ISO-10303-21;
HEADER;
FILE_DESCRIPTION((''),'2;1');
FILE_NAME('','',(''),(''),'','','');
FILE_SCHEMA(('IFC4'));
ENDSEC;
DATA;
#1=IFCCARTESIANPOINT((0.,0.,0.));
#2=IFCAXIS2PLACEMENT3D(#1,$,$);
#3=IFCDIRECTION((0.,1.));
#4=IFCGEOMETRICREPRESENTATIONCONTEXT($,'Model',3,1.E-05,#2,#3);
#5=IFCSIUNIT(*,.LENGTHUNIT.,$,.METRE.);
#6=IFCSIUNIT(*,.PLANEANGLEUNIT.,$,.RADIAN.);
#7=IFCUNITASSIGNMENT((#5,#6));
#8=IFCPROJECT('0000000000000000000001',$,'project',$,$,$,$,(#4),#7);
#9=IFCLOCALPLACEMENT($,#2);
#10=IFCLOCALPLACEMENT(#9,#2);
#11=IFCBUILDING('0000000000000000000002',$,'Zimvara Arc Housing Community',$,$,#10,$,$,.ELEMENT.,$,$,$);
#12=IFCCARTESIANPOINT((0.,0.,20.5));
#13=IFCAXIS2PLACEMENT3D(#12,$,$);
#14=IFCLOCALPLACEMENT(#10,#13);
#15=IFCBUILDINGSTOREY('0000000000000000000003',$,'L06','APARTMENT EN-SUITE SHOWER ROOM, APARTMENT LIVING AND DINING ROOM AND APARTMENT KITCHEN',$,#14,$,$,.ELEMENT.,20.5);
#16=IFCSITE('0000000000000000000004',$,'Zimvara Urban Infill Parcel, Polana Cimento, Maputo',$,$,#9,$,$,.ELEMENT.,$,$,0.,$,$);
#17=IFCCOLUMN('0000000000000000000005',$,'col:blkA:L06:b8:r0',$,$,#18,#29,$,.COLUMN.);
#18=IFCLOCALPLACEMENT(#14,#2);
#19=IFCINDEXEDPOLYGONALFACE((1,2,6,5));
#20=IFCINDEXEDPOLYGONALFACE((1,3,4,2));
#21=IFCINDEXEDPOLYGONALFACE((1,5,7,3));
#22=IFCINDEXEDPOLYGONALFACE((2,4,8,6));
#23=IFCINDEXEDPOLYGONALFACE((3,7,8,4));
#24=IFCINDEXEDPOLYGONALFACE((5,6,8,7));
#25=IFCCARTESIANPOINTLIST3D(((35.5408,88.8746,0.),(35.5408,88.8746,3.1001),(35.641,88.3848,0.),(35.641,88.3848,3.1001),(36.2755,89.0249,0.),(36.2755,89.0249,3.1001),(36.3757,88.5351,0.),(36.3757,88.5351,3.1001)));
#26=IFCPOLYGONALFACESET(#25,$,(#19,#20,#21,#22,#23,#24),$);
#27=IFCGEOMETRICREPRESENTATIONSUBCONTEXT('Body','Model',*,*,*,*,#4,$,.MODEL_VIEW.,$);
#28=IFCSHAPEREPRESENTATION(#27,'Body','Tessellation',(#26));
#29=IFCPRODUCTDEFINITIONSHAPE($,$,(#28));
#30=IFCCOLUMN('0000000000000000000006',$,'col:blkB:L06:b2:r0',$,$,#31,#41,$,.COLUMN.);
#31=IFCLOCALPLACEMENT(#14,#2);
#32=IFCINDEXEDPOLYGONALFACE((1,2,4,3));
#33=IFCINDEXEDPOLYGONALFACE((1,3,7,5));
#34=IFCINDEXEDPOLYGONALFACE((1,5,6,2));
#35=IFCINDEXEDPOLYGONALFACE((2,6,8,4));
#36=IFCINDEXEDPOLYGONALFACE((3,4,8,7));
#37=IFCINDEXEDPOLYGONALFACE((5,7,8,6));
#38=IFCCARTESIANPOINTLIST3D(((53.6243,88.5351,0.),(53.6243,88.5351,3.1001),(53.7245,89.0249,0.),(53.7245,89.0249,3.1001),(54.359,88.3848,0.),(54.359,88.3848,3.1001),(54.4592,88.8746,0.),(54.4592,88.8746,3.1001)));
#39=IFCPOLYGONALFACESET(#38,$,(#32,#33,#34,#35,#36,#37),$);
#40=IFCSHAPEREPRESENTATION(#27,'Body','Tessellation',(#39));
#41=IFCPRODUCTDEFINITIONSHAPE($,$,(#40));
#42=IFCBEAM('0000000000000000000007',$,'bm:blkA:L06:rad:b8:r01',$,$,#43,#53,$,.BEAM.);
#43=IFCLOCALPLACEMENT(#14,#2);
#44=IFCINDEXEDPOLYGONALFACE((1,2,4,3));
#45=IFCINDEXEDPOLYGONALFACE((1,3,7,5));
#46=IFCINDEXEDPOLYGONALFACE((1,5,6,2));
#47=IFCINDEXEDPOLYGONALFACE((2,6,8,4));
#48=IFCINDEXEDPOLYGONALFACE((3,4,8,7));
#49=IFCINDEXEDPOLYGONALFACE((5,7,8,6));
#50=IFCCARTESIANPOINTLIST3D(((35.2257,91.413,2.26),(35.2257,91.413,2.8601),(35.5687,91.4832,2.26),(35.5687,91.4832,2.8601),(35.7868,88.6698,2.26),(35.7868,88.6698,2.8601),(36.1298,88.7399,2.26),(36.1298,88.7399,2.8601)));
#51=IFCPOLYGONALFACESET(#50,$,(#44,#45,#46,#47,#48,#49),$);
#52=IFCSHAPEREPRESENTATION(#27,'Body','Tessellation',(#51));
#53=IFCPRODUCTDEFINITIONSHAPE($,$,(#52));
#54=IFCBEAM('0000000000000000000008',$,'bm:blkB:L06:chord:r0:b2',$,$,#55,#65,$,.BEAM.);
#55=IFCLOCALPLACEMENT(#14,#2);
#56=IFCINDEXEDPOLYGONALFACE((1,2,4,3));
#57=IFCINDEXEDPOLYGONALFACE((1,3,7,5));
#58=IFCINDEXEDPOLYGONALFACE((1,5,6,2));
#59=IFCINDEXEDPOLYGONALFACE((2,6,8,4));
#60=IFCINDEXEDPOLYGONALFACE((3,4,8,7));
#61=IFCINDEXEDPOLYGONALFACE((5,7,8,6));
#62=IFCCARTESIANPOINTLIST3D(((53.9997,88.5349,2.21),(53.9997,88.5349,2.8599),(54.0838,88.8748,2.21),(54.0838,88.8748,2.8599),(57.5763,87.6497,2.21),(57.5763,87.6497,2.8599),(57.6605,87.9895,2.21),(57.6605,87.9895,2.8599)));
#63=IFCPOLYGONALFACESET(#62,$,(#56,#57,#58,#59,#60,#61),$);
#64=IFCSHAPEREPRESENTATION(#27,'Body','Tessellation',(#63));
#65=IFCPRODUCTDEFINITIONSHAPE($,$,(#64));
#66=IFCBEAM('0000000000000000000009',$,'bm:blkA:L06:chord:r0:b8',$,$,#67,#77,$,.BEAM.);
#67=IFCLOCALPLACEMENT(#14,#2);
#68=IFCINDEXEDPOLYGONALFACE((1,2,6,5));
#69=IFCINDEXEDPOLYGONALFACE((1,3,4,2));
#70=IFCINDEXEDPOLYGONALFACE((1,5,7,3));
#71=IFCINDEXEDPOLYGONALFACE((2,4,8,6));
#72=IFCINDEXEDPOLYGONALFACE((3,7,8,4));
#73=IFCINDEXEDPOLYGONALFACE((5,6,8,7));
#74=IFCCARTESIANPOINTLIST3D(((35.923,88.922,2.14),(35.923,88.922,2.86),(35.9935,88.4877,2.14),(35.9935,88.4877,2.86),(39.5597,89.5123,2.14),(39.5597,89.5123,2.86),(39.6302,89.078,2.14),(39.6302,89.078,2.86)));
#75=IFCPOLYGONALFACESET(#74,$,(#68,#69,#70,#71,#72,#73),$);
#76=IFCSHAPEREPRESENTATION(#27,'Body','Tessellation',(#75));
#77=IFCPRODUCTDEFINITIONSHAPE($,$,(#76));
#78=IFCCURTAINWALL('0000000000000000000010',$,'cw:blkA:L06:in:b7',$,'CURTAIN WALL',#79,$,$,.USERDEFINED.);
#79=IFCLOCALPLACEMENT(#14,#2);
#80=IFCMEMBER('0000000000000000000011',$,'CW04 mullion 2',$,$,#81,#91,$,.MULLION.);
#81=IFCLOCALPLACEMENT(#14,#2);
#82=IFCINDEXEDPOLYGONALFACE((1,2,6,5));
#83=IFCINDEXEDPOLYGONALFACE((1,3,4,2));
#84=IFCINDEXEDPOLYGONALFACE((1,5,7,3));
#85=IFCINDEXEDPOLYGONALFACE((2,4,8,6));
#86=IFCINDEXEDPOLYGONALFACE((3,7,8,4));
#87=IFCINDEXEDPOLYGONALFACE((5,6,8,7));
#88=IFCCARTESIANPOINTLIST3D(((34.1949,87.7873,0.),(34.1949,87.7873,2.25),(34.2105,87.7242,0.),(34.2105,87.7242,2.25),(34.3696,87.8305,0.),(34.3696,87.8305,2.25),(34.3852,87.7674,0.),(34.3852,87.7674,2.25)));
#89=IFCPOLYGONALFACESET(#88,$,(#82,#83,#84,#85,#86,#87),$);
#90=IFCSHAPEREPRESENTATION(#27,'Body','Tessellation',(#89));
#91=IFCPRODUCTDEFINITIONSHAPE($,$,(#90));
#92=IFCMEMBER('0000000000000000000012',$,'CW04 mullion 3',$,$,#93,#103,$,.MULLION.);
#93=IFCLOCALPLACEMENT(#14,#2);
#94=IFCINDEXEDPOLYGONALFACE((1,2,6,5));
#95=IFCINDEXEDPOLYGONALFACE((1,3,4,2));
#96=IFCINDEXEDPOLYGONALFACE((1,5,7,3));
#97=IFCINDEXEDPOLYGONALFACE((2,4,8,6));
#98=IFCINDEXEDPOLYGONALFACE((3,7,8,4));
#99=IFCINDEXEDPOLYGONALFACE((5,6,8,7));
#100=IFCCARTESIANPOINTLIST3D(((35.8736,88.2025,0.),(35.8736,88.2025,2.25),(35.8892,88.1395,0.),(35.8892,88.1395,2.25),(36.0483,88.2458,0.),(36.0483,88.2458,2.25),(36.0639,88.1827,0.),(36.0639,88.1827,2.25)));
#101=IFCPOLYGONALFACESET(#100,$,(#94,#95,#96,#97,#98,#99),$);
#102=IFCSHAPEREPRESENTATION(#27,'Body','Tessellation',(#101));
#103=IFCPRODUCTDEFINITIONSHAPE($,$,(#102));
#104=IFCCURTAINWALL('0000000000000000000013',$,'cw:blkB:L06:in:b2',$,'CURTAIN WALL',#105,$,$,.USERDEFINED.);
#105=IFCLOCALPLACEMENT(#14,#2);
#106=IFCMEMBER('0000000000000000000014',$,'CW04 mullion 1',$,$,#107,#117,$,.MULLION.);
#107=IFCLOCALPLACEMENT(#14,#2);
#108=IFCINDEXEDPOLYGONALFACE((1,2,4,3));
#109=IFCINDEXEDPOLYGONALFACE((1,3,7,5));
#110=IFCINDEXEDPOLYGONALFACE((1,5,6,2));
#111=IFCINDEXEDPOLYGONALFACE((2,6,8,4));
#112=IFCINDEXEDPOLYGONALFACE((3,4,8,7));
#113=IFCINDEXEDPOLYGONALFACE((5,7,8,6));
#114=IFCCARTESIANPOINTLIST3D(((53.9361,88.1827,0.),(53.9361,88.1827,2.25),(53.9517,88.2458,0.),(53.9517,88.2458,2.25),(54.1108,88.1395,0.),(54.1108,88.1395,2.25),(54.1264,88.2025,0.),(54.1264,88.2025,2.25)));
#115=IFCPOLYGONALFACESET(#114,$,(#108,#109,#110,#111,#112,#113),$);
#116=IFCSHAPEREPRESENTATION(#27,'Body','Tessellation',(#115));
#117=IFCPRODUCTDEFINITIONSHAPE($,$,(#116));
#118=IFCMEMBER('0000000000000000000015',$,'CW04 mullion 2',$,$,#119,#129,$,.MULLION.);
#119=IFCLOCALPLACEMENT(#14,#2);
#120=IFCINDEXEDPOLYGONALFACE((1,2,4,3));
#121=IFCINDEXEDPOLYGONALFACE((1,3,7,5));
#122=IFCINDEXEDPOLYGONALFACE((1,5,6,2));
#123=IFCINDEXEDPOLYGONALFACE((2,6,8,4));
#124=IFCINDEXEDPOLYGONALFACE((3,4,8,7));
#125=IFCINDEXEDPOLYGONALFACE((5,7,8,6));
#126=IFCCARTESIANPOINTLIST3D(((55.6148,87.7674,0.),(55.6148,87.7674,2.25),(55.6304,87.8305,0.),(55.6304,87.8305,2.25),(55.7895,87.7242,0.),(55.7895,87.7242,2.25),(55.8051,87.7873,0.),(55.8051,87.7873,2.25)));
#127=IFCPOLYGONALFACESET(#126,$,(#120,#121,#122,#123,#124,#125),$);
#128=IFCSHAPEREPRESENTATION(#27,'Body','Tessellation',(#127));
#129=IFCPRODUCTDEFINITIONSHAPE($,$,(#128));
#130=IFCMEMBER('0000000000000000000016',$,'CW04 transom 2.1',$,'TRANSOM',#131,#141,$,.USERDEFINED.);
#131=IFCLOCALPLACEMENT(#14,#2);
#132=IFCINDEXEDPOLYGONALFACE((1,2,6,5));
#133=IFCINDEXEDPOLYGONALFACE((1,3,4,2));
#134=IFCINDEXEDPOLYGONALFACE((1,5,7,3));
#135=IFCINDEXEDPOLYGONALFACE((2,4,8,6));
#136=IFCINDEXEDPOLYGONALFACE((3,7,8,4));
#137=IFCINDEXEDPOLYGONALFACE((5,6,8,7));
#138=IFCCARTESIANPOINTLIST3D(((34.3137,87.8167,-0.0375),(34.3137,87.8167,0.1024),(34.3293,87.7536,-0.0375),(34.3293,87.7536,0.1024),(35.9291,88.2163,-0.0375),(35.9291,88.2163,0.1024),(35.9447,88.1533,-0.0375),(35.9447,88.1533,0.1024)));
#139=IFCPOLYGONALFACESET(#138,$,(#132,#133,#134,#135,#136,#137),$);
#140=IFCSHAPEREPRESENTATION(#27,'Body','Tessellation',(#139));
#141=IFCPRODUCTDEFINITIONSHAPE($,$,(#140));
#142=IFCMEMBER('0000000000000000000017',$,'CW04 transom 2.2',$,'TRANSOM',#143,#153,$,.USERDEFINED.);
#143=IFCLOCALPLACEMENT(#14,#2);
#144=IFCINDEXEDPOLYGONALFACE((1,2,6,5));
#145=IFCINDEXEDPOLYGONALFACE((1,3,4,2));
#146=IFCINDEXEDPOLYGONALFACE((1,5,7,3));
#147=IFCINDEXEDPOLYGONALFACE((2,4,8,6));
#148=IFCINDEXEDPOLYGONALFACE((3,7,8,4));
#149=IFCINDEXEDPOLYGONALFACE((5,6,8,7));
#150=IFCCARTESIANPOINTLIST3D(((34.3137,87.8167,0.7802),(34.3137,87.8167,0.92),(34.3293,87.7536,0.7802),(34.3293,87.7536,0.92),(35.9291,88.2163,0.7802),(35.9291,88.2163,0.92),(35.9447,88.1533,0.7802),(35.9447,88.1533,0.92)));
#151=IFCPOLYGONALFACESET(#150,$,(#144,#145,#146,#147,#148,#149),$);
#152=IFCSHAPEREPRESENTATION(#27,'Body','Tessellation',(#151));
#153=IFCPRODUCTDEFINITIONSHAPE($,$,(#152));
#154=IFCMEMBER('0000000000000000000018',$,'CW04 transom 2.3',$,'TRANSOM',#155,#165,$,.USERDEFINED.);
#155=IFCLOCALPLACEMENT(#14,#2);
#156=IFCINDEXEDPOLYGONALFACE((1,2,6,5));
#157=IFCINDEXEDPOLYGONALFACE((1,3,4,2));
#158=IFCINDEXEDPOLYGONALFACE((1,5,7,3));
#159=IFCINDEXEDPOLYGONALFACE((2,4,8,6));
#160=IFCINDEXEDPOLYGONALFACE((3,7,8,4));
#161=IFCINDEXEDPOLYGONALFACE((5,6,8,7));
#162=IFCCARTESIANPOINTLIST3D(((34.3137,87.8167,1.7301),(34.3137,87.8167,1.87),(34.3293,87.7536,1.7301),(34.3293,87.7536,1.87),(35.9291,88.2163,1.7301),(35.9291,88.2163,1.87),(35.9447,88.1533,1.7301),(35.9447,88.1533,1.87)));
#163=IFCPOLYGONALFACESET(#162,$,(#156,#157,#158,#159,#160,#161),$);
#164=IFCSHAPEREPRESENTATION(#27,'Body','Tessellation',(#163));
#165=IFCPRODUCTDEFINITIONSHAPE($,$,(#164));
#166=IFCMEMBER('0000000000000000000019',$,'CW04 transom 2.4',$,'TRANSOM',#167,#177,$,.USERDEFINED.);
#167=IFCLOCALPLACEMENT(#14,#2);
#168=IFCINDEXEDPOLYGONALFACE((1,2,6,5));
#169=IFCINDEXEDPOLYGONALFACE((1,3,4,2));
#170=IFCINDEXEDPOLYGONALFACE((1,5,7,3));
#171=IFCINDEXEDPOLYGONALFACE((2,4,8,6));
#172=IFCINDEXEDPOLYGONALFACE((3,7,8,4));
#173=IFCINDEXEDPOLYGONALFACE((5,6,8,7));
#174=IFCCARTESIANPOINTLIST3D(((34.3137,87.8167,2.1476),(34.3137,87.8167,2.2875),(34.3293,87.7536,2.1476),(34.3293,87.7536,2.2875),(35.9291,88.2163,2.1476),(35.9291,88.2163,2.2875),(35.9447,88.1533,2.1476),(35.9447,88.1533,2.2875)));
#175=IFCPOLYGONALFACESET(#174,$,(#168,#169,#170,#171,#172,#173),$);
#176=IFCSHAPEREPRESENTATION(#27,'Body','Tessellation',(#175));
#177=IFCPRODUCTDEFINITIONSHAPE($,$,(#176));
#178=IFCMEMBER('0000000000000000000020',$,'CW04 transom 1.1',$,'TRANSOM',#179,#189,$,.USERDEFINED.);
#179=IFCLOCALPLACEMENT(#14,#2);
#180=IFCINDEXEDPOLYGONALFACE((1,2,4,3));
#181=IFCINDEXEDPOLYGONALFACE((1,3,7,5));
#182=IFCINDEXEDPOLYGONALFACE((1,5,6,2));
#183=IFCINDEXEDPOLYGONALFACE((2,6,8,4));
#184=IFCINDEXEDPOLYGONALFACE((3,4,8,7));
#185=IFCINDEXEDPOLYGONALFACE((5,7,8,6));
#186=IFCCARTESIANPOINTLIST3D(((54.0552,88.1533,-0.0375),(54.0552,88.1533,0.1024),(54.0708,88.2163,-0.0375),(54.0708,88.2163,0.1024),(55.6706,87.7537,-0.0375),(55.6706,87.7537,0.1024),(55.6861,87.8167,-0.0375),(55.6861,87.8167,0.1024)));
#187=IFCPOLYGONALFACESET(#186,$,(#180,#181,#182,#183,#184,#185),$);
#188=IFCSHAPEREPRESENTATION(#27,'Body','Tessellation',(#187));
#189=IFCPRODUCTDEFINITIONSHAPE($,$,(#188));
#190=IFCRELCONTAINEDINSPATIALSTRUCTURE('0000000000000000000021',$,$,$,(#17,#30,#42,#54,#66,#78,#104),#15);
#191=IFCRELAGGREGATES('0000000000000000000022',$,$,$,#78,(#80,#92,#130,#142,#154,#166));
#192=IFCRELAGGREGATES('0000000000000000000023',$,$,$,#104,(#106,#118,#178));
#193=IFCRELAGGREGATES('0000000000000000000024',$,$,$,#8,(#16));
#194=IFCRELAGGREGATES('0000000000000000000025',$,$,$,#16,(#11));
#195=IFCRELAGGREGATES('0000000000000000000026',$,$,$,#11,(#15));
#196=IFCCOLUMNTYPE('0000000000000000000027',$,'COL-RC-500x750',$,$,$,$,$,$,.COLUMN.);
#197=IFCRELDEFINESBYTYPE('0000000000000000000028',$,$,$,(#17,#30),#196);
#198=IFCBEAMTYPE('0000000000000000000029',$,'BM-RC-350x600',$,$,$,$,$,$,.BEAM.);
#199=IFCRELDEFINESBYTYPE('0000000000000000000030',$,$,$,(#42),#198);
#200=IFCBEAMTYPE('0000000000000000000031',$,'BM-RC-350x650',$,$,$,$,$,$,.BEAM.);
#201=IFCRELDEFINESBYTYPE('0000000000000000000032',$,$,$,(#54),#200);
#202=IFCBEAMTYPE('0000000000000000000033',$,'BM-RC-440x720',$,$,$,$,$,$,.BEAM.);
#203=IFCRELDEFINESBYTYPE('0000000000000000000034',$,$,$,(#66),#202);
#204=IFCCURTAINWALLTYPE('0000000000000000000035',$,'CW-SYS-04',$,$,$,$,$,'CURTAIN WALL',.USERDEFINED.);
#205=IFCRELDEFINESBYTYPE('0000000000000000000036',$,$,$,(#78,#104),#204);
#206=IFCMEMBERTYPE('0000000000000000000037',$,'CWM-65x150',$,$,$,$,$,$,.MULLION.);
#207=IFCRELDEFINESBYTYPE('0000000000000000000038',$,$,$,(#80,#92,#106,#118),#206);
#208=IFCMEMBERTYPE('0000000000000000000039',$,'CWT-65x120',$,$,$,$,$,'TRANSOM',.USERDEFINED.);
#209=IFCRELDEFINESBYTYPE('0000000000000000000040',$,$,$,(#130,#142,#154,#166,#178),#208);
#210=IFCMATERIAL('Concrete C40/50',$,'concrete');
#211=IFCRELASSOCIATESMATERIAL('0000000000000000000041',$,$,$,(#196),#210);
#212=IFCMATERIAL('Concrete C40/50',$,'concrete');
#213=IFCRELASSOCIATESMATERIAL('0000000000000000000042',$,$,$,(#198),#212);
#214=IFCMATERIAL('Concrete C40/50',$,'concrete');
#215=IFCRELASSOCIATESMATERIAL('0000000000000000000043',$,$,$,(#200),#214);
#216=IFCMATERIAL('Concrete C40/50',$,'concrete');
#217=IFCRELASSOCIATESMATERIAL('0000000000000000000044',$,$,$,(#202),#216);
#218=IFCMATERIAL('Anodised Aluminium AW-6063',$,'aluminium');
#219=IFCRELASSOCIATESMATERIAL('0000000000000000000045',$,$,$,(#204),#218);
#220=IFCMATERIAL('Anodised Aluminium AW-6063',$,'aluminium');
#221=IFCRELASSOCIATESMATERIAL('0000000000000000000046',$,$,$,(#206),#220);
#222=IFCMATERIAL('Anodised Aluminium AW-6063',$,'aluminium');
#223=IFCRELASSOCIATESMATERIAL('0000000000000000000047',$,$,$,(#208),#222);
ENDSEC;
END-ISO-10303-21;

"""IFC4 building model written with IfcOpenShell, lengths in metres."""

from ifc_helpers import new_model, si_unit, direction, frame, origin, origin_2d, place, context, subcontext, project, spatial, rectangle, extrude, material, material_profile, profile_set, type_object, element, aggregate, save


model = new_model("IFC4")

# Units and contexts
model_context = context("Model", 3, precision=1e-05, world=origin(), true_north=direction((0.0, 1.0)))
body_context = subcontext(model_context, "Body", "Model", "MODEL_VIEW")
ifc_project = project(units=[si_unit("LENGTHUNIT", "METRE"), si_unit("PLANEANGLEUNIT", "RADIAN")], contexts=[model_context])

# Site, building, storey
site_placement = place(None, origin())
site = spatial("IfcSite", under=ifc_project, at=site_placement, Name="Zimvara Urban Infill Parcel, Polana Cimento, Maputo", CompositionType="ELEMENT", RefElevation=0.0)
building_placement = place(site_placement, origin())
building = spatial("IfcBuilding", under=site, at=building_placement, Name="Zimvara Arc Housing Community", CompositionType="ELEMENT")
storey_placement = place(building_placement, frame((0.0, 0.0, 20.5)))
storey = spatial("IfcBuildingStorey", under=building, at=storey_placement, Name="L06", Description="APARTMENT EN-SUITE SHOWER ROOM, APARTMENT LIVING AND DINING ROOM AND APARTMENT KITCHEN", CompositionType="ELEMENT", Elevation=20.5)

# Columns
ifc_material_1 = material(Name="Concrete C40/50", Category="concrete")
ifc_material_profile_1 = material_profile(ifc_material_1, rectangle(XDim=0.5, YDim=0.75, at=origin_2d()), Name="RC 500x750")
ifc_profile_set_1 = profile_set([ifc_material_profile_1], Name="Concrete C40/50")
column_type = type_object("IfcColumnType", Name="COL-RC-500x750", PredefinedType="COLUMN", material=ifc_profile_set_1)
for number, where, z_axis, x_axis, name in (
    (1, (35.9583, 88.7048, 0.0), (0.0, 0.0, 1.0), (-0.200394, 0.979715, 0.0), "col:blkA:L06:b8:r0"),
    (2, (54.0417, 88.7048, 0.0), (0.0, 0.0, 1.0), (0.200394, 0.979715, 0.0), "col:blkB:L06:b2:r0"),
):
    element("IfcColumn", number, at=place(storey_placement, frame(where, z_axis=z_axis, x_axis=x_axis)), inside=storey, type_object=column_type, Name=name, PredefinedType="COLUMN", context=body_context, shape_type="SweptSolid", body=[
        extrude(rectangle(XDim=0.5, YDim=0.75, at=origin_2d()), origin(), (0.0, 0.0, 1.0), 3.1001),
    ])

# Beams
ifc_material_2 = material(Name="Concrete C40/50", Category="concrete")
ifc_material_profile_2 = material_profile(ifc_material_2, rectangle(XDim=0.3501, YDim=0.6001, at=origin_2d()), Name="RC 350x600")
ifc_profile_set_2 = profile_set([ifc_material_profile_2], Name="Concrete C40/50")
beam_type_1 = type_object("IfcBeamType", Name="BM-RC-350x600", PredefinedType="BEAM", material=ifc_profile_set_2)
beam_1_placement = place(storey_placement, frame((35.9583, 88.7048, 2.5601), z_axis=(-0.200373, 0.97972, 0.0), x_axis=(-0.97972, -0.200373, 0.0)))
element("IfcBeam", 3, at=beam_1_placement, inside=storey, type_object=beam_type_1, Name="bm:blkA:L06:rad:b8:r01", PredefinedType="BEAM", context=body_context, shape_type="SweptSolid", body=[
    extrude(rectangle(XDim=0.3501, YDim=0.6001, at=origin_2d()), origin(), (0.0, 0.0, 1.0), 2.8),
])
ifc_material_3 = material(Name="Concrete C40/50", Category="concrete")
ifc_material_profile_3 = material_profile(ifc_material_3, rectangle(XDim=0.3501, YDim=0.6499, at=origin_2d()), Name="RC 350x650")
ifc_profile_set_3 = profile_set([ifc_material_profile_3], Name="Concrete C40/50")
beam_type_2 = type_object("IfcBeamType", Name="BM-RC-350x650", PredefinedType="BEAM", material=ifc_profile_set_3)
beam_2_placement = place(storey_placement, frame((54.0417, 88.7048, 2.5349), z_axis=(0.970709, -0.240259, 0.0), x_axis=(0.240259, 0.970709, 0.0)))
element("IfcBeam", 4, at=beam_2_placement, inside=storey, type_object=beam_type_2, Name="bm:blkB:L06:chord:r0:b2", PredefinedType="BEAM", context=body_context, shape_type="SweptSolid", body=[
    extrude(rectangle(XDim=0.3501, YDim=0.6499, at=origin_2d()), origin(), (0.0, 0.0, 1.0), 3.6846),
])
ifc_material_4 = material(Name="Concrete C40/50", Category="concrete")
ifc_material_profile_4 = material_profile(ifc_material_4, rectangle(XDim=0.4399, YDim=0.72, at=origin_2d()), Name="RC 440x720")
ifc_profile_set_4 = profile_set([ifc_material_profile_4], Name="Concrete C40/50")
beam_type_3 = type_object("IfcBeamType", Name="BM-RC-440x720", PredefinedType="BEAM", material=ifc_profile_set_4)
beam_3_placement = place(storey_placement, frame((35.9583, 88.7048, 2.5), z_axis=(0.98708, 0.160228, 0.0), x_axis=(-0.160228, 0.98708, 0.0)))
element("IfcBeam", 5, at=beam_3_placement, inside=storey, type_object=beam_type_3, Name="bm:blkA:L06:chord:r0:b8", PredefinedType="BEAM", context=body_context, shape_type="SweptSolid", body=[
    extrude(rectangle(XDim=0.4399, YDim=0.72, at=origin_2d()), origin(), (0.0, 0.0, 1.0), 3.6843),
])

# Curtain walls, members
ifc_material_5 = material(Name="Anodised Aluminium AW-6063", Category="aluminium")
curtain_wall_type = type_object("IfcCurtainWallType", Name="CW-SYS-04", ElementType="CURTAIN WALL", PredefinedType="USERDEFINED", material=ifc_material_5)
curtain_wall_1_placement = place(storey_placement, origin())
curtain_wall_1 = element("IfcCurtainWall", 6, at=curtain_wall_1_placement, inside=storey, type_object=curtain_wall_type, Name="cw:blkA:L06:in:b7", ObjectType="CURTAIN WALL", PredefinedType="USERDEFINED")
ifc_material_6 = material(Name="Anodised Aluminium AW-6063", Category="aluminium")
ifc_material_profile_5 = material_profile(ifc_material_6, rectangle(XDim=0.0649, YDim=0.1799, at=origin_2d()), Name="ALU 65x180")
ifc_profile_set_5 = profile_set([ifc_material_profile_5], Name="Anodised Aluminium AW-6063")
member_type_1 = type_object("IfcMemberType", Name="CWM-65x150", PredefinedType="MULLION", material=ifc_profile_set_5)
member_1_placement = place(storey_placement, frame((34.29, 87.7773, 0.0), z_axis=(0.0, 0.0, 1.0), x_axis=(-0.240228, 0.970717, 0.0)))
member_1 = element("IfcMember", 7, at=member_1_placement, type_object=member_type_1, Name="CW04 mullion 2", PredefinedType="MULLION", context=body_context, shape_type="SweptSolid", body=[
    extrude(rectangle(XDim=0.0649, YDim=0.1799, at=origin_2d()), origin(), (0.0, 0.0, 1.0), 2.25),
])
member_2_placement = place(storey_placement, frame((35.9688, 88.1926, 0.0), z_axis=(0.0, 0.0, 1.0), x_axis=(-0.240228, 0.970717, 0.0)))
member_2 = element("IfcMember", 8, at=member_2_placement, type_object=member_type_1, Name="CW04 mullion 3", PredefinedType="MULLION", context=body_context, shape_type="SweptSolid", body=[
    extrude(rectangle(XDim=0.0649, YDim=0.1799, at=origin_2d()), origin(), (0.0, 0.0, 1.0), 2.25),
])
curtain_wall_2_placement = place(storey_placement, origin())
curtain_wall_2 = element("IfcCurtainWall", 9, at=curtain_wall_2_placement, inside=storey, type_object=curtain_wall_type, Name="cw:blkB:L06:in:b2", ObjectType="CURTAIN WALL", PredefinedType="USERDEFINED")
member_3_placement = place(storey_placement, frame((54.0312, 88.1926, 0.0), z_axis=(0.0, 0.0, 1.0), x_axis=(0.240228, 0.970717, 0.0)))
member_3 = element("IfcMember", 10, at=member_3_placement, type_object=member_type_1, Name="CW04 mullion 1", PredefinedType="MULLION", context=body_context, shape_type="SweptSolid", body=[
    extrude(rectangle(XDim=0.0649, YDim=0.1799, at=origin_2d()), origin(), (0.0, 0.0, 1.0), 2.25),
])
member_4_placement = place(storey_placement, frame((55.71, 87.7773, 0.0), z_axis=(0.0, 0.0, 1.0), x_axis=(0.240228, 0.970717, 0.0)))
member_4 = element("IfcMember", 11, at=member_4_placement, type_object=member_type_1, Name="CW04 mullion 2", PredefinedType="MULLION", context=body_context, shape_type="SweptSolid", body=[
    extrude(rectangle(XDim=0.0649, YDim=0.1799, at=origin_2d()), origin(), (0.0, 0.0, 1.0), 2.25),
])

# Members
ifc_material_7 = material(Name="Anodised Aluminium AW-6063", Category="aluminium")
ifc_material_profile_6 = material_profile(ifc_material_7, rectangle(XDim=0.0649, YDim=0.1399, at=origin_2d()), Name="ALU 65x140")
ifc_profile_set_6 = profile_set([ifc_material_profile_6], Name="Anodised Aluminium AW-6063")
member_type_2 = type_object("IfcMemberType", Name="CWT-65x120", ElementType="TRANSOM", PredefinedType="USERDEFINED", material=ifc_profile_set_6)
member_5_placement = place(storey_placement, frame((34.3215, 87.7852, 0.0325), z_axis=(0.970735, 0.240153, 0.0), x_axis=(-0.240153, 0.970735, 0.0)))
member_5 = element("IfcMember", 12, at=member_5_placement, type_object=member_type_2, Name="CW04 transom 2.1", ObjectType="TRANSOM", PredefinedType="USERDEFINED", context=body_context, shape_type="SweptSolid", body=[
    extrude(rectangle(XDim=0.0649, YDim=0.1399, at=origin_2d()), origin(), (0.0, 0.0, 1.0), 1.6641),
])
member_6_placement = place(storey_placement, frame((34.3215, 87.7852, 0.8501), z_axis=(0.970735, 0.240153, 0.0), x_axis=(-0.240153, 0.970735, 0.0)))
member_6 = element("IfcMember", 13, at=member_6_placement, type_object=member_type_2, Name="CW04 transom 2.2", ObjectType="TRANSOM", PredefinedType="USERDEFINED", context=body_context, shape_type="SweptSolid", body=[
    extrude(rectangle(XDim=0.0649, YDim=0.1399, at=origin_2d()), origin(), (0.0, 0.0, 1.0), 1.6641),
])
member_7_placement = place(storey_placement, frame((34.3215, 87.7852, 1.8), z_axis=(0.970735, 0.240153, 0.0), x_axis=(-0.240153, 0.970735, 0.0)))
member_7 = element("IfcMember", 14, at=member_7_placement, type_object=member_type_2, Name="CW04 transom 2.3", ObjectType="TRANSOM", PredefinedType="USERDEFINED", context=body_context, shape_type="SweptSolid", body=[
    extrude(rectangle(XDim=0.0649, YDim=0.1399, at=origin_2d()), origin(), (0.0, 0.0, 1.0), 1.6641),
])
member_8_placement = place(storey_placement, frame((34.3215, 87.7852, 2.2175), z_axis=(0.970735, 0.240153, 0.0), x_axis=(-0.240153, 0.970735, 0.0)))
member_8 = element("IfcMember", 15, at=member_8_placement, type_object=member_type_2, Name="CW04 transom 2.4", ObjectType="TRANSOM", PredefinedType="USERDEFINED", context=body_context, shape_type="SweptSolid", body=[
    extrude(rectangle(XDim=0.0649, YDim=0.1399, at=origin_2d()), origin(), (0.0, 0.0, 1.0), 1.6641),
])
member_9_placement = place(storey_placement, frame((54.063, 88.1848, 0.0325), z_axis=(0.970735, -0.240153, 0.0), x_axis=(0.240153, 0.970735, 0.0)))
member_9 = element("IfcMember", 16, at=member_9_placement, type_object=member_type_2, Name="CW04 transom 1.1", ObjectType="TRANSOM", PredefinedType="USERDEFINED", context=body_context, shape_type="SweptSolid", body=[
    extrude(rectangle(XDim=0.0649, YDim=0.1399, at=origin_2d()), origin(), (0.0, 0.0, 1.0), 1.6641),
])

aggregate(curtain_wall_1, [member_1, member_2, member_5, member_6, member_7, member_8])
aggregate(curtain_wall_2, [member_3, member_4, member_9])

save(model, "model.ifc")
